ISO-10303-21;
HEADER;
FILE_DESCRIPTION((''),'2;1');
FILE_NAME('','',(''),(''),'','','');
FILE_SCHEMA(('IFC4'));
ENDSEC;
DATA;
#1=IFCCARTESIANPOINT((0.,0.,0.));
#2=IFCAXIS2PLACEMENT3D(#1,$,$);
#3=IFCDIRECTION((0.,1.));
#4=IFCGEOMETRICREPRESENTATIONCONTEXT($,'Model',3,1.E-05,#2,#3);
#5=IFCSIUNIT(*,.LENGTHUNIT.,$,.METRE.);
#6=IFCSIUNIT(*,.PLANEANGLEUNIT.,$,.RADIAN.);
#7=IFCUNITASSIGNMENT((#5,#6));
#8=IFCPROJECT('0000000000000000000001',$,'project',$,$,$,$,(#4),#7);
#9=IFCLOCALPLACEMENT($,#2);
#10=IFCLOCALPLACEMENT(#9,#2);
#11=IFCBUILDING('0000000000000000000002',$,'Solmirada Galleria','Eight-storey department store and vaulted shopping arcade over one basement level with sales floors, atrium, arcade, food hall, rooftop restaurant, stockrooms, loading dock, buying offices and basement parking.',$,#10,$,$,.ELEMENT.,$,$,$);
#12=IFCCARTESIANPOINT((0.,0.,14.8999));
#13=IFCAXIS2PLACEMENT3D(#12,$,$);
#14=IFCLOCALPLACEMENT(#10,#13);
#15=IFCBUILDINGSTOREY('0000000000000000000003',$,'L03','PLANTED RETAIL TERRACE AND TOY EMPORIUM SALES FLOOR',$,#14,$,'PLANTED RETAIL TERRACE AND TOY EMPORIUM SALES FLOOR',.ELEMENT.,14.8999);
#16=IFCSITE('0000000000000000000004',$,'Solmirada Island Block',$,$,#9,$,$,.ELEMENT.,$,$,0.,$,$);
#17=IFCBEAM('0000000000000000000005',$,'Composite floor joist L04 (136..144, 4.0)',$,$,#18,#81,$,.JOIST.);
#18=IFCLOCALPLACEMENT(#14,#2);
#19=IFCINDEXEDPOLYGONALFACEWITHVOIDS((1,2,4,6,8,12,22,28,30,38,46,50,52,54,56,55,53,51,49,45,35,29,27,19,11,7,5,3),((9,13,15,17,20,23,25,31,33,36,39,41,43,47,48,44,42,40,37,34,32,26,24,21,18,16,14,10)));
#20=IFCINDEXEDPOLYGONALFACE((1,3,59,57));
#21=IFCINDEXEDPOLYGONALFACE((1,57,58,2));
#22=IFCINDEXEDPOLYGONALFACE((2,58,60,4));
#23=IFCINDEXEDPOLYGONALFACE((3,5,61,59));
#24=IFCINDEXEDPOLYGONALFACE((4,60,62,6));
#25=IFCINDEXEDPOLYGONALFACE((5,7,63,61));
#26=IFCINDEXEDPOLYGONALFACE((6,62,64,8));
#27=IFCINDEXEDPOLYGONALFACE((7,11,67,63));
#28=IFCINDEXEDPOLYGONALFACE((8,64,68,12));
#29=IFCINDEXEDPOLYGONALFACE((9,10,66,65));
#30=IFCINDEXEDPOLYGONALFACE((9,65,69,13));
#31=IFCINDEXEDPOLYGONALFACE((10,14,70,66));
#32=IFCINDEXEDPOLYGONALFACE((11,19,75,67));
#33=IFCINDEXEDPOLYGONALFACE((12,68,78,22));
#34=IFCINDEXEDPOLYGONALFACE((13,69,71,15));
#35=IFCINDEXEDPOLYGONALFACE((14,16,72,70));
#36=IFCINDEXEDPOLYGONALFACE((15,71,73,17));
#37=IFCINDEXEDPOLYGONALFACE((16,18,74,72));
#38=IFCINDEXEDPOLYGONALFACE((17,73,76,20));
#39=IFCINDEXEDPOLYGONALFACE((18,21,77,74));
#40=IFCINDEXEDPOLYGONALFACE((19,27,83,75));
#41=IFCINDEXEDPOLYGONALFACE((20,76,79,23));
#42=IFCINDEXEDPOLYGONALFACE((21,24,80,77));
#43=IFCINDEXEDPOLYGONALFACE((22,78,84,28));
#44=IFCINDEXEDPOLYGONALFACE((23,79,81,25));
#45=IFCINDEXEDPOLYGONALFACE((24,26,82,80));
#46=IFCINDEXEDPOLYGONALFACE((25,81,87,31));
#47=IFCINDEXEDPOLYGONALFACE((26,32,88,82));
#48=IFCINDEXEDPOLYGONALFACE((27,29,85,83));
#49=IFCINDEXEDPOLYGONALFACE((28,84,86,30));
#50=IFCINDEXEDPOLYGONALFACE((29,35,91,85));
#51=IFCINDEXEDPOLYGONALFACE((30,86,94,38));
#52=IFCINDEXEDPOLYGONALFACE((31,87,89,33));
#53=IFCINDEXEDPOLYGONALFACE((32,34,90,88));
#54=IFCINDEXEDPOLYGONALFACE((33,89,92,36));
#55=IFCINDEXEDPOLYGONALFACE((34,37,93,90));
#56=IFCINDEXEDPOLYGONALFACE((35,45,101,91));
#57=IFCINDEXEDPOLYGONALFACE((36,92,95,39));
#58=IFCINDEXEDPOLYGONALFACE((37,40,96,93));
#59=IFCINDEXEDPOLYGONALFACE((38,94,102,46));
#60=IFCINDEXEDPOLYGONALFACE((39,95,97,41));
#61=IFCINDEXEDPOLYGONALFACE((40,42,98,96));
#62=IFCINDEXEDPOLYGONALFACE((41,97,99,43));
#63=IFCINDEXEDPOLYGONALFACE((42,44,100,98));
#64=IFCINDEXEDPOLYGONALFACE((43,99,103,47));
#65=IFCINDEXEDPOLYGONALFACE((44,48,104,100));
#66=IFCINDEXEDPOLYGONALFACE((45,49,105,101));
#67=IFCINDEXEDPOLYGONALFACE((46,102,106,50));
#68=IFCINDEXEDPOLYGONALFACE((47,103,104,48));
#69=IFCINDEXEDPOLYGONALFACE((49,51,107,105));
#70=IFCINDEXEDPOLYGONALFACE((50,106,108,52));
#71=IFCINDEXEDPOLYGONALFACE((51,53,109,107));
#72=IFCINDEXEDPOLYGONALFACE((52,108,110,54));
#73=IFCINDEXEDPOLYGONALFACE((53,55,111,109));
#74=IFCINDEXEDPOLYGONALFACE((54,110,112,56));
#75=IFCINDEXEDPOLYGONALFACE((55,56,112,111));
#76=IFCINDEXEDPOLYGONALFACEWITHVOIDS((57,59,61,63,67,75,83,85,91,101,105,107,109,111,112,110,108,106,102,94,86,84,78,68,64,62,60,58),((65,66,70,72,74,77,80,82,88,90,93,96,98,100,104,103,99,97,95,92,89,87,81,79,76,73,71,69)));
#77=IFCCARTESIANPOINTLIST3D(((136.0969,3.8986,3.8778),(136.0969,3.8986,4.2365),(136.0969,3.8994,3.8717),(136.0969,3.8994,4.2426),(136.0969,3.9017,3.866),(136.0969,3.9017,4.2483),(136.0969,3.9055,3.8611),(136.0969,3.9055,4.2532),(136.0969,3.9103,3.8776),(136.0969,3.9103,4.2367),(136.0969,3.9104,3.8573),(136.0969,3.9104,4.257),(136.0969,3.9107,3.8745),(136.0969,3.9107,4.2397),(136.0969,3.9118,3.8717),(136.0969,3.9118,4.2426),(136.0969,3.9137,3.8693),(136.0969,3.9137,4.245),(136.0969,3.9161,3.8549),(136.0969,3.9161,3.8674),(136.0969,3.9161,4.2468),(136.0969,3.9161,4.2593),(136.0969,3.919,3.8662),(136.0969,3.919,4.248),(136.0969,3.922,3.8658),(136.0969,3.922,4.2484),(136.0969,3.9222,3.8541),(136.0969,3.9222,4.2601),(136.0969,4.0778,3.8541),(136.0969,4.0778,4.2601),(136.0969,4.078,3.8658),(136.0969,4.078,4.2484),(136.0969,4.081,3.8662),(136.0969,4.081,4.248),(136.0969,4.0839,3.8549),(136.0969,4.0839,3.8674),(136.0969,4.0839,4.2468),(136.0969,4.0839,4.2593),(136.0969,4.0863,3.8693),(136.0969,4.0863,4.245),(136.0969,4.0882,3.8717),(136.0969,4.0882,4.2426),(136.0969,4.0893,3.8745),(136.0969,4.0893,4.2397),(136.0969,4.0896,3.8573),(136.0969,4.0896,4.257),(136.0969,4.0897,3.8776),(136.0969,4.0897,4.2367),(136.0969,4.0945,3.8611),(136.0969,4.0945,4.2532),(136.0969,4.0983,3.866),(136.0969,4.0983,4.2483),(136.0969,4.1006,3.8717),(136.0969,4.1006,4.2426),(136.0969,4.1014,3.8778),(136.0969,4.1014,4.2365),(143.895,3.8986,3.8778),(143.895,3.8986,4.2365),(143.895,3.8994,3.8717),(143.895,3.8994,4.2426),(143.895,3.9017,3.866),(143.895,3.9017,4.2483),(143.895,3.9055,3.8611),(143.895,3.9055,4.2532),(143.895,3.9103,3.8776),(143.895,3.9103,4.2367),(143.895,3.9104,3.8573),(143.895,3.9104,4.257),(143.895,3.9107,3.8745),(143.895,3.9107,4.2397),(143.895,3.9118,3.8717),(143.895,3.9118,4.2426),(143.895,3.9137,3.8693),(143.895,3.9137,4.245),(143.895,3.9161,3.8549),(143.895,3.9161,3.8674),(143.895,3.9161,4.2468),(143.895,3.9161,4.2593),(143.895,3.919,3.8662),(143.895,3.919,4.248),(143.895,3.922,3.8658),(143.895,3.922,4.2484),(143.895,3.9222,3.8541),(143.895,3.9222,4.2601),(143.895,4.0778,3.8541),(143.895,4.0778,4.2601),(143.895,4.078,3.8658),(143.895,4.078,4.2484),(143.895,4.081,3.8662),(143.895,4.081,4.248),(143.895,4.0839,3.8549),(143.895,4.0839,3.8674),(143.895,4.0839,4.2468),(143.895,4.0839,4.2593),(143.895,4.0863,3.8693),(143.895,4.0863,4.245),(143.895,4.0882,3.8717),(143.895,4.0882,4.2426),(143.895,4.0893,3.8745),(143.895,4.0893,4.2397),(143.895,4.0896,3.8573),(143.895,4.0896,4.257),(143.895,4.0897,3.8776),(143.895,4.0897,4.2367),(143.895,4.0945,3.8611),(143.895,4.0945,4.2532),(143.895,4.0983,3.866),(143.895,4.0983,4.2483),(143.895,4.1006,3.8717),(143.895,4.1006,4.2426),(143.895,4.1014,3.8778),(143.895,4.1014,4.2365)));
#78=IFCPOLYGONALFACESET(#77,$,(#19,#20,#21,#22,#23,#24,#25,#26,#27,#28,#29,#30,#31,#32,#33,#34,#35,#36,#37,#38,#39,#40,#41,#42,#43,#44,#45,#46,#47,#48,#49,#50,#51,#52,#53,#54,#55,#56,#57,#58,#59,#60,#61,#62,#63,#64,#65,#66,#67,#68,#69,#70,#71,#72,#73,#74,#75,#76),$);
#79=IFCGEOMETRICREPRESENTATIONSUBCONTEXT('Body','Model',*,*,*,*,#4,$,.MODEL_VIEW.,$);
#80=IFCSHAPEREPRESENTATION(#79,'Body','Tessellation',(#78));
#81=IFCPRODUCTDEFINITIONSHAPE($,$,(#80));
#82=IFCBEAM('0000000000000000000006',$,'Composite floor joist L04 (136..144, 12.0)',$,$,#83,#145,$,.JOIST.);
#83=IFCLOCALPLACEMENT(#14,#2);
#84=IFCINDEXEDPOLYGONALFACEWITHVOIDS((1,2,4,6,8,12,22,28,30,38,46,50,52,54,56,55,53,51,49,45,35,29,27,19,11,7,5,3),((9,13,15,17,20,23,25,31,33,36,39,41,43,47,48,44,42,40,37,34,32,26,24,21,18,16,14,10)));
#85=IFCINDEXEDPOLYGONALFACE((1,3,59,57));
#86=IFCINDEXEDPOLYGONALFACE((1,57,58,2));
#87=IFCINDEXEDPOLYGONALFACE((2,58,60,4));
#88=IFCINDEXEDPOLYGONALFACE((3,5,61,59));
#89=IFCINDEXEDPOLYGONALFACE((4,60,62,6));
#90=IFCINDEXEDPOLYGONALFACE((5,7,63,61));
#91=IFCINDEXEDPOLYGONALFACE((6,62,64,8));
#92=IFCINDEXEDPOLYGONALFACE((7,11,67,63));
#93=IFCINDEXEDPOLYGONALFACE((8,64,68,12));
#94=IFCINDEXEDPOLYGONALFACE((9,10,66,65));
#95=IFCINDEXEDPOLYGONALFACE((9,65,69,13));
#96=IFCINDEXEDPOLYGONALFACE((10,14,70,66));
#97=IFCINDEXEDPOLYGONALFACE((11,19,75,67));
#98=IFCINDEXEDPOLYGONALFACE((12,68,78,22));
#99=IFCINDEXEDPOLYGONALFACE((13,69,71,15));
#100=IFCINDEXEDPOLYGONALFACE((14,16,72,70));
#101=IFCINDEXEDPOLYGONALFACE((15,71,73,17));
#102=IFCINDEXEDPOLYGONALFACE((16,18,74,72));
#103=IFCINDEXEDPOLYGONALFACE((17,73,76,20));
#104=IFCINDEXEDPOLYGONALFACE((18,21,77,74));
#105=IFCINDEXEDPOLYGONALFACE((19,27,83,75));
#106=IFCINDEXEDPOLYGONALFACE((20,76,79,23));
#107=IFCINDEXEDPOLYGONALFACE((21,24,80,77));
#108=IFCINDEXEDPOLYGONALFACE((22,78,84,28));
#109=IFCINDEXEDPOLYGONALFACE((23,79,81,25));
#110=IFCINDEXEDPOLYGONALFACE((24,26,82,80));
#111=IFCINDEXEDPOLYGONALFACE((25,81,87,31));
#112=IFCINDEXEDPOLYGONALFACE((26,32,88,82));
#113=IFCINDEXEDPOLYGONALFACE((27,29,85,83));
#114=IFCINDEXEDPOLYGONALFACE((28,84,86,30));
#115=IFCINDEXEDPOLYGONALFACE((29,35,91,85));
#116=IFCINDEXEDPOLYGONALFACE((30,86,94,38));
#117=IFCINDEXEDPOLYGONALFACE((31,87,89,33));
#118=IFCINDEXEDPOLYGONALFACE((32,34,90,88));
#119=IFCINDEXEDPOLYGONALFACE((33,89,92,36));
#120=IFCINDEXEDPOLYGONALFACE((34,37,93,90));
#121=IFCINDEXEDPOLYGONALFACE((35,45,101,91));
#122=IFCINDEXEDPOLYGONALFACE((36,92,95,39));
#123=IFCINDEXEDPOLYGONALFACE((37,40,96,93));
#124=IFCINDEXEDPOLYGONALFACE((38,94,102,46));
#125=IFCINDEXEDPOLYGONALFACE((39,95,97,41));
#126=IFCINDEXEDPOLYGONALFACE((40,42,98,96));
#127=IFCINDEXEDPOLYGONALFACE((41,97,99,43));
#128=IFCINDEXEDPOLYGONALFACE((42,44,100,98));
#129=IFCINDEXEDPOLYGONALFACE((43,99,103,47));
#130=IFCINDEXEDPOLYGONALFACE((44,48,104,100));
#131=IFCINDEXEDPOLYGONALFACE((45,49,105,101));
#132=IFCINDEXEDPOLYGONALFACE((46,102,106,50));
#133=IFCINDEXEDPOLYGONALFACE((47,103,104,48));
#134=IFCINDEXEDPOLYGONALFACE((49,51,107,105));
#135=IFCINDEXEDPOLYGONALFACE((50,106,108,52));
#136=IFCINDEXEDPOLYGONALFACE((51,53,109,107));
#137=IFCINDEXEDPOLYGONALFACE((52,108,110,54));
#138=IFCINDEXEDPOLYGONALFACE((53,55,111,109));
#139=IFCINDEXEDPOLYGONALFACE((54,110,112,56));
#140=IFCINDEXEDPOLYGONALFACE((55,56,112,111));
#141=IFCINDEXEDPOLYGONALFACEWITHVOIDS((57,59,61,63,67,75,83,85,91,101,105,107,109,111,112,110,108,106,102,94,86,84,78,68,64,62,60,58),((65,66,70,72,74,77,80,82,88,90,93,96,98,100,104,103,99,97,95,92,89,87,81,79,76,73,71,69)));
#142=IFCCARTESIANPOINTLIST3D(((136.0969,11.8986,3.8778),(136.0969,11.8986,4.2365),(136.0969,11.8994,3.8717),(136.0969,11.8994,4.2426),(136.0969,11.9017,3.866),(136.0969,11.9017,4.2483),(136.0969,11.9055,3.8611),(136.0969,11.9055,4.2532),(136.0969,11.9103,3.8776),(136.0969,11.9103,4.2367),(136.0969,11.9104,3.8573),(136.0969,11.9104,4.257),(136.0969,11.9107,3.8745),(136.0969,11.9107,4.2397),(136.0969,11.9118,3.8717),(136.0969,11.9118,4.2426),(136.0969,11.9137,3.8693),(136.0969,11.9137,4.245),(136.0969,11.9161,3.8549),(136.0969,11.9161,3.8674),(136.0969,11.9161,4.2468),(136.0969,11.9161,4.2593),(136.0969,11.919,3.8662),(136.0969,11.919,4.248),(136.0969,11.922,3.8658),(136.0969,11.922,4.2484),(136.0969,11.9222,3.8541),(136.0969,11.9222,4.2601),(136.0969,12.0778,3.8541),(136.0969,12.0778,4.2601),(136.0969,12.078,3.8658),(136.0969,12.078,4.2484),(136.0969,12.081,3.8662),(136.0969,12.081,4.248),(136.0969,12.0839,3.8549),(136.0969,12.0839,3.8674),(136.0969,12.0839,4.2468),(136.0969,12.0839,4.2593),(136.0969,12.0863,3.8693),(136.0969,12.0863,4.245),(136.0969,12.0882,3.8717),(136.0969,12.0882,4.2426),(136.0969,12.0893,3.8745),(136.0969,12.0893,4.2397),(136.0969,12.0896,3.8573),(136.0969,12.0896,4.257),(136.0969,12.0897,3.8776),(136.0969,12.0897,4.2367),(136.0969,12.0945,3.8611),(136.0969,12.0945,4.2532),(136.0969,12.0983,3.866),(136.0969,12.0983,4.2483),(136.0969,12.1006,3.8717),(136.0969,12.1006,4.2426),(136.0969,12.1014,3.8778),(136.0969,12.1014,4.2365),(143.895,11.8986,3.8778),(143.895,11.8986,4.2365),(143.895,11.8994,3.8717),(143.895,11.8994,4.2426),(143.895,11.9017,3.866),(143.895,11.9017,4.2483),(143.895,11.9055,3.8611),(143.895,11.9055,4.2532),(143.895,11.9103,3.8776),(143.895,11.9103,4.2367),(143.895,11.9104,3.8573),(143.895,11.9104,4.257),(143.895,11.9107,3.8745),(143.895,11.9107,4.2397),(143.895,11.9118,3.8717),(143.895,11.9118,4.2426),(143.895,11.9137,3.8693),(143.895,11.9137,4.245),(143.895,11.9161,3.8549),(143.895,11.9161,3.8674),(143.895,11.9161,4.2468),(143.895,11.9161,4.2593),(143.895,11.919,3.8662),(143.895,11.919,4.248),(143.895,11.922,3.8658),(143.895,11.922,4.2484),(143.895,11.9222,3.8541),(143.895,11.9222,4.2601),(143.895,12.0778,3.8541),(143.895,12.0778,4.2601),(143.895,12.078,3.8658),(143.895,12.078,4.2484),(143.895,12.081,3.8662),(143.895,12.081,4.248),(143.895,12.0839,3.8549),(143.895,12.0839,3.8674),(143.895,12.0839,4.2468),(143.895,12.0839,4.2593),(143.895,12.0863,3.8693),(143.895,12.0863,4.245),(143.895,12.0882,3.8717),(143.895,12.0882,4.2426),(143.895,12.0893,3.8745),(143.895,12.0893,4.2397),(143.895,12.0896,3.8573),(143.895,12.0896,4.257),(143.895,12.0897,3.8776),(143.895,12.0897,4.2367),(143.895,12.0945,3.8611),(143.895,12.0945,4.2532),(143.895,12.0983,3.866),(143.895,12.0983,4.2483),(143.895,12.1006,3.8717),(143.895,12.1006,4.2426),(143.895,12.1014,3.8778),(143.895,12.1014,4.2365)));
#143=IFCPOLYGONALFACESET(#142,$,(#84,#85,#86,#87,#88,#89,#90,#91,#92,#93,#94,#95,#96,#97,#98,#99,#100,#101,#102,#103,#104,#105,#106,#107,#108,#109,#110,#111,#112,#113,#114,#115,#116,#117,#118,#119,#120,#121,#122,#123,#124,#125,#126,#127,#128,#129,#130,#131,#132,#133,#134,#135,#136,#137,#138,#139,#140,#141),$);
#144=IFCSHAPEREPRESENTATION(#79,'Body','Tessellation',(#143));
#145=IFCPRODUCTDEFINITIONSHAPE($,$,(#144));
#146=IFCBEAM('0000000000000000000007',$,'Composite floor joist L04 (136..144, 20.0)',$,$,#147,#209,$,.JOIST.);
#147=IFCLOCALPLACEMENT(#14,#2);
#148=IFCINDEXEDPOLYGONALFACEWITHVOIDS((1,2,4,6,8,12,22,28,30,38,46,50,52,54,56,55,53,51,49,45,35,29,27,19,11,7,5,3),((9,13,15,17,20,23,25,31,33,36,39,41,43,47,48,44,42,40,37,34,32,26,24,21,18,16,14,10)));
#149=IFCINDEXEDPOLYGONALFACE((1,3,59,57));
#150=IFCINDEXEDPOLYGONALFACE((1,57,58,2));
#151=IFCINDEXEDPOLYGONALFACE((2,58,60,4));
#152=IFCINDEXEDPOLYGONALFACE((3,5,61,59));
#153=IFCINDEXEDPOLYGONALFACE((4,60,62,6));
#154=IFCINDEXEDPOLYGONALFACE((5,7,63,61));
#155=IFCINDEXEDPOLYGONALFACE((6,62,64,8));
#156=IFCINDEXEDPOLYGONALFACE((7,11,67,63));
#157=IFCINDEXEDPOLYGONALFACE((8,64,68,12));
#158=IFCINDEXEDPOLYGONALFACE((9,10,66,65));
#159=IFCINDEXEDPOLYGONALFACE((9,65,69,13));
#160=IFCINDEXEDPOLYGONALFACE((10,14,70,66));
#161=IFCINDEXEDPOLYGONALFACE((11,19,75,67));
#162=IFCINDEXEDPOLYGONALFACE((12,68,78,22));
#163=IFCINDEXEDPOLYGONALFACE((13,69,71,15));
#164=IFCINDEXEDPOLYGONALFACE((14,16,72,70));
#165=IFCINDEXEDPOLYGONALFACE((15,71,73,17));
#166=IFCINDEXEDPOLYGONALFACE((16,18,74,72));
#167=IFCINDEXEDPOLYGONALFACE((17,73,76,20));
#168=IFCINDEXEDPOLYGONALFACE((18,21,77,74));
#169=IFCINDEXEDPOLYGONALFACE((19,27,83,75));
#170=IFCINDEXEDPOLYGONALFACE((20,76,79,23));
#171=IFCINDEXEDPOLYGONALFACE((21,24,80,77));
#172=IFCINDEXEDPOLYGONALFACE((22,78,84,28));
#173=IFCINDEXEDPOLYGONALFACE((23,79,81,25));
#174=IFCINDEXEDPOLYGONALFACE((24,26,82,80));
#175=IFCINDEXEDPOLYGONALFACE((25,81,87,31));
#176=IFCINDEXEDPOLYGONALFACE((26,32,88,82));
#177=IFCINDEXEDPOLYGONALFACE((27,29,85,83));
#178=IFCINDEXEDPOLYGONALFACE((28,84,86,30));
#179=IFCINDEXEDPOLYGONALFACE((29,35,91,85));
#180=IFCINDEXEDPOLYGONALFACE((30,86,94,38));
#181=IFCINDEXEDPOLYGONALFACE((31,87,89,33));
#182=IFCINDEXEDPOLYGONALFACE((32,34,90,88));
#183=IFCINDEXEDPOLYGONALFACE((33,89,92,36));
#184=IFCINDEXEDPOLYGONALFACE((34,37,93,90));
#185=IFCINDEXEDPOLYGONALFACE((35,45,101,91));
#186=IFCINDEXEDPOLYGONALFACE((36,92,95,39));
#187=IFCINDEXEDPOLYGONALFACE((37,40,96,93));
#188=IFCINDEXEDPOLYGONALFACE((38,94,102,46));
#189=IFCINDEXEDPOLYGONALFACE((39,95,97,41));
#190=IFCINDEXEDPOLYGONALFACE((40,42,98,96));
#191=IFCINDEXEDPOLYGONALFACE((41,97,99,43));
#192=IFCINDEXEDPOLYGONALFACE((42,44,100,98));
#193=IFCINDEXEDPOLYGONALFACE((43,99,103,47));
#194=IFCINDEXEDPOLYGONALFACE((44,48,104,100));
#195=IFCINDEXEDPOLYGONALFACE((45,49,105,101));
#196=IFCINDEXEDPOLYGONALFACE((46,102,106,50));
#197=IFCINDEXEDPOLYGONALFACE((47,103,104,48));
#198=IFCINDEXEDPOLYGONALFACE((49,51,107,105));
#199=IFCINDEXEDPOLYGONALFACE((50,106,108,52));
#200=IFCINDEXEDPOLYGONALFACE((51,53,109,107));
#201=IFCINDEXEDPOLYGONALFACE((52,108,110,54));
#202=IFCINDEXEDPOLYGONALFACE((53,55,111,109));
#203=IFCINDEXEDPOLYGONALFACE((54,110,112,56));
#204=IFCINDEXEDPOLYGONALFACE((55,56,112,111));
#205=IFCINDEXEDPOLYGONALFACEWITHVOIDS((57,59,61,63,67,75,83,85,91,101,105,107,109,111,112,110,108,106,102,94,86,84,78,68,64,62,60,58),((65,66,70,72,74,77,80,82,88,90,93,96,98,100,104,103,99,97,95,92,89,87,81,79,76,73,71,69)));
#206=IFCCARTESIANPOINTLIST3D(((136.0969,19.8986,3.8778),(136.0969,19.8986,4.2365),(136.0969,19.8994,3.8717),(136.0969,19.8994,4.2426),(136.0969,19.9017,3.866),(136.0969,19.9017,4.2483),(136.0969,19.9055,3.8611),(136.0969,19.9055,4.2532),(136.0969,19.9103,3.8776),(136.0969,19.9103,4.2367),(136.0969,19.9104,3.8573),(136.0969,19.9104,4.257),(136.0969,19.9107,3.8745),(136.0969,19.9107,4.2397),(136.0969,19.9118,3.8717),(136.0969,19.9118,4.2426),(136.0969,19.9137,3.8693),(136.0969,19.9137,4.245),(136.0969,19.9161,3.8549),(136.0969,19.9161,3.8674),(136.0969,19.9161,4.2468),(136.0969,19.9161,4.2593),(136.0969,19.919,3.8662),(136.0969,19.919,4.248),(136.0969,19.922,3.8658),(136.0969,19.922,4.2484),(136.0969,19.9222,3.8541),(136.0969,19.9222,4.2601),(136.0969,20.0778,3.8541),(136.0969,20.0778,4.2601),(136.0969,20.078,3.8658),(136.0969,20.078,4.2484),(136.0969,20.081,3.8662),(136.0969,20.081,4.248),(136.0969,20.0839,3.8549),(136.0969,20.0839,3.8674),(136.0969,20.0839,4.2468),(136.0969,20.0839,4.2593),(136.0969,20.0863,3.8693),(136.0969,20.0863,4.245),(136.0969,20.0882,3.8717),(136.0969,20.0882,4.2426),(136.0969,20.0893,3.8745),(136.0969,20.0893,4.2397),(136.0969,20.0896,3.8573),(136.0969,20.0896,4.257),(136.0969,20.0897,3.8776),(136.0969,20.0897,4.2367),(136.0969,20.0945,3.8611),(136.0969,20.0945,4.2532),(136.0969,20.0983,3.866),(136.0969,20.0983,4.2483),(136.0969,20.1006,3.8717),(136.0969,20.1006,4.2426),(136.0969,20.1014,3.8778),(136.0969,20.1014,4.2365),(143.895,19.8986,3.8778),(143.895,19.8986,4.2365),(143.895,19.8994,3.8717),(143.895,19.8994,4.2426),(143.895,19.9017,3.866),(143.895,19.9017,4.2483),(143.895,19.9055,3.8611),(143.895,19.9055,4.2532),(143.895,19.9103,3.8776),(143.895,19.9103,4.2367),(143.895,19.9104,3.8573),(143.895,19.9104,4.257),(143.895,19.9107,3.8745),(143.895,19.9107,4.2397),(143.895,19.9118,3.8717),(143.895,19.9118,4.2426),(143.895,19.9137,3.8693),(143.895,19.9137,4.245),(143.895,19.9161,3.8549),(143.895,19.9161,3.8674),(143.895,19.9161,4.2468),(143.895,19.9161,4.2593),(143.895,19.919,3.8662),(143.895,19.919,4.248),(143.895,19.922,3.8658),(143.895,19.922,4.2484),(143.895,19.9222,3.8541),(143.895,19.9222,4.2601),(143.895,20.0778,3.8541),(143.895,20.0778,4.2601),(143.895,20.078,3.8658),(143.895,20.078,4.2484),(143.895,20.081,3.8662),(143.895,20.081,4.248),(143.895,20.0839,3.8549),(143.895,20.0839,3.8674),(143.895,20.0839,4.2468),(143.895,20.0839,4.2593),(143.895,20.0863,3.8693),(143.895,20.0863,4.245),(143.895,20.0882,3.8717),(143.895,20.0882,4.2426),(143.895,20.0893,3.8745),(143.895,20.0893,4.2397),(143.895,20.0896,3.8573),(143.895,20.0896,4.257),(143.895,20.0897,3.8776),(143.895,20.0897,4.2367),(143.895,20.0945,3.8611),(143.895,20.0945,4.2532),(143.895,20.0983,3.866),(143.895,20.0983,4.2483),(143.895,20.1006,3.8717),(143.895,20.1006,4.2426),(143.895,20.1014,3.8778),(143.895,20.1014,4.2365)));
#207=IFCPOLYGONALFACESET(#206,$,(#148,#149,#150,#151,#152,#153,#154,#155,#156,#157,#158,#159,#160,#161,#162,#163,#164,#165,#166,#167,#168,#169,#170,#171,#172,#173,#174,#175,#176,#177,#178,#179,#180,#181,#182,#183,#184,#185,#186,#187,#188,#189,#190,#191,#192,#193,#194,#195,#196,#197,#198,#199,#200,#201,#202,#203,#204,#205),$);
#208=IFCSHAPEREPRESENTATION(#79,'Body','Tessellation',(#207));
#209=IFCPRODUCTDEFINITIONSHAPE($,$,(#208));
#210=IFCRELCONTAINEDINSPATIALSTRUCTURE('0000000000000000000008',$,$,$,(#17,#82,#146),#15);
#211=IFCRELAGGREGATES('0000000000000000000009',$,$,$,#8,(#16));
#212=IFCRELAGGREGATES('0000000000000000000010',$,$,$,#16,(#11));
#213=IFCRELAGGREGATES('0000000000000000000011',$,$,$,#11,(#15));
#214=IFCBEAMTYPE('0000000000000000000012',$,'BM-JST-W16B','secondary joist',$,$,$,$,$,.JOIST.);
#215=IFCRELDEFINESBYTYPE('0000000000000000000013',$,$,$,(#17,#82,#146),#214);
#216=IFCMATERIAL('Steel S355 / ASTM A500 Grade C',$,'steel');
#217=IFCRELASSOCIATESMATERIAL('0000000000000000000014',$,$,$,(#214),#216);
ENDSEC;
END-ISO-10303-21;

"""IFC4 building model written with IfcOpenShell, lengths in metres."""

from ifc_helpers import new_model, si_unit, direction, frame, origin, origin_2d, place, context, subcontext, project, spatial, hollow_rectangle, extrude, material, material_profile, profile_set, type_object, element, save


model = new_model("IFC4")

# Units and contexts
model_context = context("Model", 3, precision=1e-05, world=origin(), true_north=direction((0.0, 1.0)))
body_context = subcontext(model_context, "Body", "Model", "MODEL_VIEW")
ifc_project = project(units=[si_unit("LENGTHUNIT", "METRE"), si_unit("PLANEANGLEUNIT", "RADIAN")], contexts=[model_context])

# Site, building, storey
site_placement = place(None, origin())
site = spatial("IfcSite", under=ifc_project, at=site_placement, Name="Solmirada Island Block", CompositionType="ELEMENT", RefElevation=0.0)
building_placement = place(site_placement, origin())
building = spatial("IfcBuilding", under=site, at=building_placement, Name="Solmirada Galleria", Description="Eight-storey department store and vaulted shopping arcade over one basement level with sales floors, atrium, arcade, food hall, rooftop restaurant, stockrooms, loading dock, buying offices and basement parking.", CompositionType="ELEMENT")
storey_placement = place(building_placement, frame((0.0, 0.0, 14.8999)))
storey = spatial("IfcBuildingStorey", under=building, at=storey_placement, Name="L03", Description="PLANTED RETAIL TERRACE AND TOY EMPORIUM SALES FLOOR", LongName="PLANTED RETAIL TERRACE AND TOY EMPORIUM SALES FLOOR", CompositionType="ELEMENT", Elevation=14.8999)

# Shared definitions
ifc_material_1 = material(Name="Steel S355 / ASTM A500 Grade C", Category="steel")

# Beams
ifc_material_profile_1 = material_profile(ifc_material_1, hollow_rectangle(XDim=0.2029, YDim=0.406, WallThickness=0.0117, InnerFilletRadius=0.0117, OuterFilletRadius=0.0237, at=origin_2d()), Name="HSS16X8X1/2")
ifc_profile_set_1 = profile_set([ifc_material_profile_1], Name="Steel S355 / ASTM A500 Grade C")
beam_type_1 = type_object("IfcBeamType", Name="BM-JST-W16B", Description="secondary joist", PredefinedType="JOIST", material=ifc_profile_set_1)
for number, where, z_axis, x_axis, name in (
    (1, (136.0969, 4.0, 4.0571), (1.0, 0.0, 0.0), (0.0, 1.0, 0.0), "Composite floor joist L04 (136..144, 4.0)"),
    (2, (136.0969, 12.0, 4.0571), (1.0, 0.0, 0.0), (0.0, 1.0, 0.0), "Composite floor joist L04 (136..144, 12.0)"),
    (3, (136.0969, 20.0, 4.0571), (1.0, 0.0, 0.0), (0.0, 1.0, 0.0), "Composite floor joist L04 (136..144, 20.0)"),
):
    element("IfcBeam", number, at=place(storey_placement, frame(where, z_axis=z_axis, x_axis=x_axis)), inside=storey, type_object=beam_type_1, Name=name, PredefinedType="JOIST", context=body_context, shape_type="SweptSolid", body=[
        extrude(hollow_rectangle(XDim=0.2029, YDim=0.406, WallThickness=0.0117, InnerFilletRadius=0.0117, OuterFilletRadius=0.0237, at=origin_2d()), origin(), (0.0, 0.0, 1.0), 7.7981),
    ])

save(model, "model.ifc")
